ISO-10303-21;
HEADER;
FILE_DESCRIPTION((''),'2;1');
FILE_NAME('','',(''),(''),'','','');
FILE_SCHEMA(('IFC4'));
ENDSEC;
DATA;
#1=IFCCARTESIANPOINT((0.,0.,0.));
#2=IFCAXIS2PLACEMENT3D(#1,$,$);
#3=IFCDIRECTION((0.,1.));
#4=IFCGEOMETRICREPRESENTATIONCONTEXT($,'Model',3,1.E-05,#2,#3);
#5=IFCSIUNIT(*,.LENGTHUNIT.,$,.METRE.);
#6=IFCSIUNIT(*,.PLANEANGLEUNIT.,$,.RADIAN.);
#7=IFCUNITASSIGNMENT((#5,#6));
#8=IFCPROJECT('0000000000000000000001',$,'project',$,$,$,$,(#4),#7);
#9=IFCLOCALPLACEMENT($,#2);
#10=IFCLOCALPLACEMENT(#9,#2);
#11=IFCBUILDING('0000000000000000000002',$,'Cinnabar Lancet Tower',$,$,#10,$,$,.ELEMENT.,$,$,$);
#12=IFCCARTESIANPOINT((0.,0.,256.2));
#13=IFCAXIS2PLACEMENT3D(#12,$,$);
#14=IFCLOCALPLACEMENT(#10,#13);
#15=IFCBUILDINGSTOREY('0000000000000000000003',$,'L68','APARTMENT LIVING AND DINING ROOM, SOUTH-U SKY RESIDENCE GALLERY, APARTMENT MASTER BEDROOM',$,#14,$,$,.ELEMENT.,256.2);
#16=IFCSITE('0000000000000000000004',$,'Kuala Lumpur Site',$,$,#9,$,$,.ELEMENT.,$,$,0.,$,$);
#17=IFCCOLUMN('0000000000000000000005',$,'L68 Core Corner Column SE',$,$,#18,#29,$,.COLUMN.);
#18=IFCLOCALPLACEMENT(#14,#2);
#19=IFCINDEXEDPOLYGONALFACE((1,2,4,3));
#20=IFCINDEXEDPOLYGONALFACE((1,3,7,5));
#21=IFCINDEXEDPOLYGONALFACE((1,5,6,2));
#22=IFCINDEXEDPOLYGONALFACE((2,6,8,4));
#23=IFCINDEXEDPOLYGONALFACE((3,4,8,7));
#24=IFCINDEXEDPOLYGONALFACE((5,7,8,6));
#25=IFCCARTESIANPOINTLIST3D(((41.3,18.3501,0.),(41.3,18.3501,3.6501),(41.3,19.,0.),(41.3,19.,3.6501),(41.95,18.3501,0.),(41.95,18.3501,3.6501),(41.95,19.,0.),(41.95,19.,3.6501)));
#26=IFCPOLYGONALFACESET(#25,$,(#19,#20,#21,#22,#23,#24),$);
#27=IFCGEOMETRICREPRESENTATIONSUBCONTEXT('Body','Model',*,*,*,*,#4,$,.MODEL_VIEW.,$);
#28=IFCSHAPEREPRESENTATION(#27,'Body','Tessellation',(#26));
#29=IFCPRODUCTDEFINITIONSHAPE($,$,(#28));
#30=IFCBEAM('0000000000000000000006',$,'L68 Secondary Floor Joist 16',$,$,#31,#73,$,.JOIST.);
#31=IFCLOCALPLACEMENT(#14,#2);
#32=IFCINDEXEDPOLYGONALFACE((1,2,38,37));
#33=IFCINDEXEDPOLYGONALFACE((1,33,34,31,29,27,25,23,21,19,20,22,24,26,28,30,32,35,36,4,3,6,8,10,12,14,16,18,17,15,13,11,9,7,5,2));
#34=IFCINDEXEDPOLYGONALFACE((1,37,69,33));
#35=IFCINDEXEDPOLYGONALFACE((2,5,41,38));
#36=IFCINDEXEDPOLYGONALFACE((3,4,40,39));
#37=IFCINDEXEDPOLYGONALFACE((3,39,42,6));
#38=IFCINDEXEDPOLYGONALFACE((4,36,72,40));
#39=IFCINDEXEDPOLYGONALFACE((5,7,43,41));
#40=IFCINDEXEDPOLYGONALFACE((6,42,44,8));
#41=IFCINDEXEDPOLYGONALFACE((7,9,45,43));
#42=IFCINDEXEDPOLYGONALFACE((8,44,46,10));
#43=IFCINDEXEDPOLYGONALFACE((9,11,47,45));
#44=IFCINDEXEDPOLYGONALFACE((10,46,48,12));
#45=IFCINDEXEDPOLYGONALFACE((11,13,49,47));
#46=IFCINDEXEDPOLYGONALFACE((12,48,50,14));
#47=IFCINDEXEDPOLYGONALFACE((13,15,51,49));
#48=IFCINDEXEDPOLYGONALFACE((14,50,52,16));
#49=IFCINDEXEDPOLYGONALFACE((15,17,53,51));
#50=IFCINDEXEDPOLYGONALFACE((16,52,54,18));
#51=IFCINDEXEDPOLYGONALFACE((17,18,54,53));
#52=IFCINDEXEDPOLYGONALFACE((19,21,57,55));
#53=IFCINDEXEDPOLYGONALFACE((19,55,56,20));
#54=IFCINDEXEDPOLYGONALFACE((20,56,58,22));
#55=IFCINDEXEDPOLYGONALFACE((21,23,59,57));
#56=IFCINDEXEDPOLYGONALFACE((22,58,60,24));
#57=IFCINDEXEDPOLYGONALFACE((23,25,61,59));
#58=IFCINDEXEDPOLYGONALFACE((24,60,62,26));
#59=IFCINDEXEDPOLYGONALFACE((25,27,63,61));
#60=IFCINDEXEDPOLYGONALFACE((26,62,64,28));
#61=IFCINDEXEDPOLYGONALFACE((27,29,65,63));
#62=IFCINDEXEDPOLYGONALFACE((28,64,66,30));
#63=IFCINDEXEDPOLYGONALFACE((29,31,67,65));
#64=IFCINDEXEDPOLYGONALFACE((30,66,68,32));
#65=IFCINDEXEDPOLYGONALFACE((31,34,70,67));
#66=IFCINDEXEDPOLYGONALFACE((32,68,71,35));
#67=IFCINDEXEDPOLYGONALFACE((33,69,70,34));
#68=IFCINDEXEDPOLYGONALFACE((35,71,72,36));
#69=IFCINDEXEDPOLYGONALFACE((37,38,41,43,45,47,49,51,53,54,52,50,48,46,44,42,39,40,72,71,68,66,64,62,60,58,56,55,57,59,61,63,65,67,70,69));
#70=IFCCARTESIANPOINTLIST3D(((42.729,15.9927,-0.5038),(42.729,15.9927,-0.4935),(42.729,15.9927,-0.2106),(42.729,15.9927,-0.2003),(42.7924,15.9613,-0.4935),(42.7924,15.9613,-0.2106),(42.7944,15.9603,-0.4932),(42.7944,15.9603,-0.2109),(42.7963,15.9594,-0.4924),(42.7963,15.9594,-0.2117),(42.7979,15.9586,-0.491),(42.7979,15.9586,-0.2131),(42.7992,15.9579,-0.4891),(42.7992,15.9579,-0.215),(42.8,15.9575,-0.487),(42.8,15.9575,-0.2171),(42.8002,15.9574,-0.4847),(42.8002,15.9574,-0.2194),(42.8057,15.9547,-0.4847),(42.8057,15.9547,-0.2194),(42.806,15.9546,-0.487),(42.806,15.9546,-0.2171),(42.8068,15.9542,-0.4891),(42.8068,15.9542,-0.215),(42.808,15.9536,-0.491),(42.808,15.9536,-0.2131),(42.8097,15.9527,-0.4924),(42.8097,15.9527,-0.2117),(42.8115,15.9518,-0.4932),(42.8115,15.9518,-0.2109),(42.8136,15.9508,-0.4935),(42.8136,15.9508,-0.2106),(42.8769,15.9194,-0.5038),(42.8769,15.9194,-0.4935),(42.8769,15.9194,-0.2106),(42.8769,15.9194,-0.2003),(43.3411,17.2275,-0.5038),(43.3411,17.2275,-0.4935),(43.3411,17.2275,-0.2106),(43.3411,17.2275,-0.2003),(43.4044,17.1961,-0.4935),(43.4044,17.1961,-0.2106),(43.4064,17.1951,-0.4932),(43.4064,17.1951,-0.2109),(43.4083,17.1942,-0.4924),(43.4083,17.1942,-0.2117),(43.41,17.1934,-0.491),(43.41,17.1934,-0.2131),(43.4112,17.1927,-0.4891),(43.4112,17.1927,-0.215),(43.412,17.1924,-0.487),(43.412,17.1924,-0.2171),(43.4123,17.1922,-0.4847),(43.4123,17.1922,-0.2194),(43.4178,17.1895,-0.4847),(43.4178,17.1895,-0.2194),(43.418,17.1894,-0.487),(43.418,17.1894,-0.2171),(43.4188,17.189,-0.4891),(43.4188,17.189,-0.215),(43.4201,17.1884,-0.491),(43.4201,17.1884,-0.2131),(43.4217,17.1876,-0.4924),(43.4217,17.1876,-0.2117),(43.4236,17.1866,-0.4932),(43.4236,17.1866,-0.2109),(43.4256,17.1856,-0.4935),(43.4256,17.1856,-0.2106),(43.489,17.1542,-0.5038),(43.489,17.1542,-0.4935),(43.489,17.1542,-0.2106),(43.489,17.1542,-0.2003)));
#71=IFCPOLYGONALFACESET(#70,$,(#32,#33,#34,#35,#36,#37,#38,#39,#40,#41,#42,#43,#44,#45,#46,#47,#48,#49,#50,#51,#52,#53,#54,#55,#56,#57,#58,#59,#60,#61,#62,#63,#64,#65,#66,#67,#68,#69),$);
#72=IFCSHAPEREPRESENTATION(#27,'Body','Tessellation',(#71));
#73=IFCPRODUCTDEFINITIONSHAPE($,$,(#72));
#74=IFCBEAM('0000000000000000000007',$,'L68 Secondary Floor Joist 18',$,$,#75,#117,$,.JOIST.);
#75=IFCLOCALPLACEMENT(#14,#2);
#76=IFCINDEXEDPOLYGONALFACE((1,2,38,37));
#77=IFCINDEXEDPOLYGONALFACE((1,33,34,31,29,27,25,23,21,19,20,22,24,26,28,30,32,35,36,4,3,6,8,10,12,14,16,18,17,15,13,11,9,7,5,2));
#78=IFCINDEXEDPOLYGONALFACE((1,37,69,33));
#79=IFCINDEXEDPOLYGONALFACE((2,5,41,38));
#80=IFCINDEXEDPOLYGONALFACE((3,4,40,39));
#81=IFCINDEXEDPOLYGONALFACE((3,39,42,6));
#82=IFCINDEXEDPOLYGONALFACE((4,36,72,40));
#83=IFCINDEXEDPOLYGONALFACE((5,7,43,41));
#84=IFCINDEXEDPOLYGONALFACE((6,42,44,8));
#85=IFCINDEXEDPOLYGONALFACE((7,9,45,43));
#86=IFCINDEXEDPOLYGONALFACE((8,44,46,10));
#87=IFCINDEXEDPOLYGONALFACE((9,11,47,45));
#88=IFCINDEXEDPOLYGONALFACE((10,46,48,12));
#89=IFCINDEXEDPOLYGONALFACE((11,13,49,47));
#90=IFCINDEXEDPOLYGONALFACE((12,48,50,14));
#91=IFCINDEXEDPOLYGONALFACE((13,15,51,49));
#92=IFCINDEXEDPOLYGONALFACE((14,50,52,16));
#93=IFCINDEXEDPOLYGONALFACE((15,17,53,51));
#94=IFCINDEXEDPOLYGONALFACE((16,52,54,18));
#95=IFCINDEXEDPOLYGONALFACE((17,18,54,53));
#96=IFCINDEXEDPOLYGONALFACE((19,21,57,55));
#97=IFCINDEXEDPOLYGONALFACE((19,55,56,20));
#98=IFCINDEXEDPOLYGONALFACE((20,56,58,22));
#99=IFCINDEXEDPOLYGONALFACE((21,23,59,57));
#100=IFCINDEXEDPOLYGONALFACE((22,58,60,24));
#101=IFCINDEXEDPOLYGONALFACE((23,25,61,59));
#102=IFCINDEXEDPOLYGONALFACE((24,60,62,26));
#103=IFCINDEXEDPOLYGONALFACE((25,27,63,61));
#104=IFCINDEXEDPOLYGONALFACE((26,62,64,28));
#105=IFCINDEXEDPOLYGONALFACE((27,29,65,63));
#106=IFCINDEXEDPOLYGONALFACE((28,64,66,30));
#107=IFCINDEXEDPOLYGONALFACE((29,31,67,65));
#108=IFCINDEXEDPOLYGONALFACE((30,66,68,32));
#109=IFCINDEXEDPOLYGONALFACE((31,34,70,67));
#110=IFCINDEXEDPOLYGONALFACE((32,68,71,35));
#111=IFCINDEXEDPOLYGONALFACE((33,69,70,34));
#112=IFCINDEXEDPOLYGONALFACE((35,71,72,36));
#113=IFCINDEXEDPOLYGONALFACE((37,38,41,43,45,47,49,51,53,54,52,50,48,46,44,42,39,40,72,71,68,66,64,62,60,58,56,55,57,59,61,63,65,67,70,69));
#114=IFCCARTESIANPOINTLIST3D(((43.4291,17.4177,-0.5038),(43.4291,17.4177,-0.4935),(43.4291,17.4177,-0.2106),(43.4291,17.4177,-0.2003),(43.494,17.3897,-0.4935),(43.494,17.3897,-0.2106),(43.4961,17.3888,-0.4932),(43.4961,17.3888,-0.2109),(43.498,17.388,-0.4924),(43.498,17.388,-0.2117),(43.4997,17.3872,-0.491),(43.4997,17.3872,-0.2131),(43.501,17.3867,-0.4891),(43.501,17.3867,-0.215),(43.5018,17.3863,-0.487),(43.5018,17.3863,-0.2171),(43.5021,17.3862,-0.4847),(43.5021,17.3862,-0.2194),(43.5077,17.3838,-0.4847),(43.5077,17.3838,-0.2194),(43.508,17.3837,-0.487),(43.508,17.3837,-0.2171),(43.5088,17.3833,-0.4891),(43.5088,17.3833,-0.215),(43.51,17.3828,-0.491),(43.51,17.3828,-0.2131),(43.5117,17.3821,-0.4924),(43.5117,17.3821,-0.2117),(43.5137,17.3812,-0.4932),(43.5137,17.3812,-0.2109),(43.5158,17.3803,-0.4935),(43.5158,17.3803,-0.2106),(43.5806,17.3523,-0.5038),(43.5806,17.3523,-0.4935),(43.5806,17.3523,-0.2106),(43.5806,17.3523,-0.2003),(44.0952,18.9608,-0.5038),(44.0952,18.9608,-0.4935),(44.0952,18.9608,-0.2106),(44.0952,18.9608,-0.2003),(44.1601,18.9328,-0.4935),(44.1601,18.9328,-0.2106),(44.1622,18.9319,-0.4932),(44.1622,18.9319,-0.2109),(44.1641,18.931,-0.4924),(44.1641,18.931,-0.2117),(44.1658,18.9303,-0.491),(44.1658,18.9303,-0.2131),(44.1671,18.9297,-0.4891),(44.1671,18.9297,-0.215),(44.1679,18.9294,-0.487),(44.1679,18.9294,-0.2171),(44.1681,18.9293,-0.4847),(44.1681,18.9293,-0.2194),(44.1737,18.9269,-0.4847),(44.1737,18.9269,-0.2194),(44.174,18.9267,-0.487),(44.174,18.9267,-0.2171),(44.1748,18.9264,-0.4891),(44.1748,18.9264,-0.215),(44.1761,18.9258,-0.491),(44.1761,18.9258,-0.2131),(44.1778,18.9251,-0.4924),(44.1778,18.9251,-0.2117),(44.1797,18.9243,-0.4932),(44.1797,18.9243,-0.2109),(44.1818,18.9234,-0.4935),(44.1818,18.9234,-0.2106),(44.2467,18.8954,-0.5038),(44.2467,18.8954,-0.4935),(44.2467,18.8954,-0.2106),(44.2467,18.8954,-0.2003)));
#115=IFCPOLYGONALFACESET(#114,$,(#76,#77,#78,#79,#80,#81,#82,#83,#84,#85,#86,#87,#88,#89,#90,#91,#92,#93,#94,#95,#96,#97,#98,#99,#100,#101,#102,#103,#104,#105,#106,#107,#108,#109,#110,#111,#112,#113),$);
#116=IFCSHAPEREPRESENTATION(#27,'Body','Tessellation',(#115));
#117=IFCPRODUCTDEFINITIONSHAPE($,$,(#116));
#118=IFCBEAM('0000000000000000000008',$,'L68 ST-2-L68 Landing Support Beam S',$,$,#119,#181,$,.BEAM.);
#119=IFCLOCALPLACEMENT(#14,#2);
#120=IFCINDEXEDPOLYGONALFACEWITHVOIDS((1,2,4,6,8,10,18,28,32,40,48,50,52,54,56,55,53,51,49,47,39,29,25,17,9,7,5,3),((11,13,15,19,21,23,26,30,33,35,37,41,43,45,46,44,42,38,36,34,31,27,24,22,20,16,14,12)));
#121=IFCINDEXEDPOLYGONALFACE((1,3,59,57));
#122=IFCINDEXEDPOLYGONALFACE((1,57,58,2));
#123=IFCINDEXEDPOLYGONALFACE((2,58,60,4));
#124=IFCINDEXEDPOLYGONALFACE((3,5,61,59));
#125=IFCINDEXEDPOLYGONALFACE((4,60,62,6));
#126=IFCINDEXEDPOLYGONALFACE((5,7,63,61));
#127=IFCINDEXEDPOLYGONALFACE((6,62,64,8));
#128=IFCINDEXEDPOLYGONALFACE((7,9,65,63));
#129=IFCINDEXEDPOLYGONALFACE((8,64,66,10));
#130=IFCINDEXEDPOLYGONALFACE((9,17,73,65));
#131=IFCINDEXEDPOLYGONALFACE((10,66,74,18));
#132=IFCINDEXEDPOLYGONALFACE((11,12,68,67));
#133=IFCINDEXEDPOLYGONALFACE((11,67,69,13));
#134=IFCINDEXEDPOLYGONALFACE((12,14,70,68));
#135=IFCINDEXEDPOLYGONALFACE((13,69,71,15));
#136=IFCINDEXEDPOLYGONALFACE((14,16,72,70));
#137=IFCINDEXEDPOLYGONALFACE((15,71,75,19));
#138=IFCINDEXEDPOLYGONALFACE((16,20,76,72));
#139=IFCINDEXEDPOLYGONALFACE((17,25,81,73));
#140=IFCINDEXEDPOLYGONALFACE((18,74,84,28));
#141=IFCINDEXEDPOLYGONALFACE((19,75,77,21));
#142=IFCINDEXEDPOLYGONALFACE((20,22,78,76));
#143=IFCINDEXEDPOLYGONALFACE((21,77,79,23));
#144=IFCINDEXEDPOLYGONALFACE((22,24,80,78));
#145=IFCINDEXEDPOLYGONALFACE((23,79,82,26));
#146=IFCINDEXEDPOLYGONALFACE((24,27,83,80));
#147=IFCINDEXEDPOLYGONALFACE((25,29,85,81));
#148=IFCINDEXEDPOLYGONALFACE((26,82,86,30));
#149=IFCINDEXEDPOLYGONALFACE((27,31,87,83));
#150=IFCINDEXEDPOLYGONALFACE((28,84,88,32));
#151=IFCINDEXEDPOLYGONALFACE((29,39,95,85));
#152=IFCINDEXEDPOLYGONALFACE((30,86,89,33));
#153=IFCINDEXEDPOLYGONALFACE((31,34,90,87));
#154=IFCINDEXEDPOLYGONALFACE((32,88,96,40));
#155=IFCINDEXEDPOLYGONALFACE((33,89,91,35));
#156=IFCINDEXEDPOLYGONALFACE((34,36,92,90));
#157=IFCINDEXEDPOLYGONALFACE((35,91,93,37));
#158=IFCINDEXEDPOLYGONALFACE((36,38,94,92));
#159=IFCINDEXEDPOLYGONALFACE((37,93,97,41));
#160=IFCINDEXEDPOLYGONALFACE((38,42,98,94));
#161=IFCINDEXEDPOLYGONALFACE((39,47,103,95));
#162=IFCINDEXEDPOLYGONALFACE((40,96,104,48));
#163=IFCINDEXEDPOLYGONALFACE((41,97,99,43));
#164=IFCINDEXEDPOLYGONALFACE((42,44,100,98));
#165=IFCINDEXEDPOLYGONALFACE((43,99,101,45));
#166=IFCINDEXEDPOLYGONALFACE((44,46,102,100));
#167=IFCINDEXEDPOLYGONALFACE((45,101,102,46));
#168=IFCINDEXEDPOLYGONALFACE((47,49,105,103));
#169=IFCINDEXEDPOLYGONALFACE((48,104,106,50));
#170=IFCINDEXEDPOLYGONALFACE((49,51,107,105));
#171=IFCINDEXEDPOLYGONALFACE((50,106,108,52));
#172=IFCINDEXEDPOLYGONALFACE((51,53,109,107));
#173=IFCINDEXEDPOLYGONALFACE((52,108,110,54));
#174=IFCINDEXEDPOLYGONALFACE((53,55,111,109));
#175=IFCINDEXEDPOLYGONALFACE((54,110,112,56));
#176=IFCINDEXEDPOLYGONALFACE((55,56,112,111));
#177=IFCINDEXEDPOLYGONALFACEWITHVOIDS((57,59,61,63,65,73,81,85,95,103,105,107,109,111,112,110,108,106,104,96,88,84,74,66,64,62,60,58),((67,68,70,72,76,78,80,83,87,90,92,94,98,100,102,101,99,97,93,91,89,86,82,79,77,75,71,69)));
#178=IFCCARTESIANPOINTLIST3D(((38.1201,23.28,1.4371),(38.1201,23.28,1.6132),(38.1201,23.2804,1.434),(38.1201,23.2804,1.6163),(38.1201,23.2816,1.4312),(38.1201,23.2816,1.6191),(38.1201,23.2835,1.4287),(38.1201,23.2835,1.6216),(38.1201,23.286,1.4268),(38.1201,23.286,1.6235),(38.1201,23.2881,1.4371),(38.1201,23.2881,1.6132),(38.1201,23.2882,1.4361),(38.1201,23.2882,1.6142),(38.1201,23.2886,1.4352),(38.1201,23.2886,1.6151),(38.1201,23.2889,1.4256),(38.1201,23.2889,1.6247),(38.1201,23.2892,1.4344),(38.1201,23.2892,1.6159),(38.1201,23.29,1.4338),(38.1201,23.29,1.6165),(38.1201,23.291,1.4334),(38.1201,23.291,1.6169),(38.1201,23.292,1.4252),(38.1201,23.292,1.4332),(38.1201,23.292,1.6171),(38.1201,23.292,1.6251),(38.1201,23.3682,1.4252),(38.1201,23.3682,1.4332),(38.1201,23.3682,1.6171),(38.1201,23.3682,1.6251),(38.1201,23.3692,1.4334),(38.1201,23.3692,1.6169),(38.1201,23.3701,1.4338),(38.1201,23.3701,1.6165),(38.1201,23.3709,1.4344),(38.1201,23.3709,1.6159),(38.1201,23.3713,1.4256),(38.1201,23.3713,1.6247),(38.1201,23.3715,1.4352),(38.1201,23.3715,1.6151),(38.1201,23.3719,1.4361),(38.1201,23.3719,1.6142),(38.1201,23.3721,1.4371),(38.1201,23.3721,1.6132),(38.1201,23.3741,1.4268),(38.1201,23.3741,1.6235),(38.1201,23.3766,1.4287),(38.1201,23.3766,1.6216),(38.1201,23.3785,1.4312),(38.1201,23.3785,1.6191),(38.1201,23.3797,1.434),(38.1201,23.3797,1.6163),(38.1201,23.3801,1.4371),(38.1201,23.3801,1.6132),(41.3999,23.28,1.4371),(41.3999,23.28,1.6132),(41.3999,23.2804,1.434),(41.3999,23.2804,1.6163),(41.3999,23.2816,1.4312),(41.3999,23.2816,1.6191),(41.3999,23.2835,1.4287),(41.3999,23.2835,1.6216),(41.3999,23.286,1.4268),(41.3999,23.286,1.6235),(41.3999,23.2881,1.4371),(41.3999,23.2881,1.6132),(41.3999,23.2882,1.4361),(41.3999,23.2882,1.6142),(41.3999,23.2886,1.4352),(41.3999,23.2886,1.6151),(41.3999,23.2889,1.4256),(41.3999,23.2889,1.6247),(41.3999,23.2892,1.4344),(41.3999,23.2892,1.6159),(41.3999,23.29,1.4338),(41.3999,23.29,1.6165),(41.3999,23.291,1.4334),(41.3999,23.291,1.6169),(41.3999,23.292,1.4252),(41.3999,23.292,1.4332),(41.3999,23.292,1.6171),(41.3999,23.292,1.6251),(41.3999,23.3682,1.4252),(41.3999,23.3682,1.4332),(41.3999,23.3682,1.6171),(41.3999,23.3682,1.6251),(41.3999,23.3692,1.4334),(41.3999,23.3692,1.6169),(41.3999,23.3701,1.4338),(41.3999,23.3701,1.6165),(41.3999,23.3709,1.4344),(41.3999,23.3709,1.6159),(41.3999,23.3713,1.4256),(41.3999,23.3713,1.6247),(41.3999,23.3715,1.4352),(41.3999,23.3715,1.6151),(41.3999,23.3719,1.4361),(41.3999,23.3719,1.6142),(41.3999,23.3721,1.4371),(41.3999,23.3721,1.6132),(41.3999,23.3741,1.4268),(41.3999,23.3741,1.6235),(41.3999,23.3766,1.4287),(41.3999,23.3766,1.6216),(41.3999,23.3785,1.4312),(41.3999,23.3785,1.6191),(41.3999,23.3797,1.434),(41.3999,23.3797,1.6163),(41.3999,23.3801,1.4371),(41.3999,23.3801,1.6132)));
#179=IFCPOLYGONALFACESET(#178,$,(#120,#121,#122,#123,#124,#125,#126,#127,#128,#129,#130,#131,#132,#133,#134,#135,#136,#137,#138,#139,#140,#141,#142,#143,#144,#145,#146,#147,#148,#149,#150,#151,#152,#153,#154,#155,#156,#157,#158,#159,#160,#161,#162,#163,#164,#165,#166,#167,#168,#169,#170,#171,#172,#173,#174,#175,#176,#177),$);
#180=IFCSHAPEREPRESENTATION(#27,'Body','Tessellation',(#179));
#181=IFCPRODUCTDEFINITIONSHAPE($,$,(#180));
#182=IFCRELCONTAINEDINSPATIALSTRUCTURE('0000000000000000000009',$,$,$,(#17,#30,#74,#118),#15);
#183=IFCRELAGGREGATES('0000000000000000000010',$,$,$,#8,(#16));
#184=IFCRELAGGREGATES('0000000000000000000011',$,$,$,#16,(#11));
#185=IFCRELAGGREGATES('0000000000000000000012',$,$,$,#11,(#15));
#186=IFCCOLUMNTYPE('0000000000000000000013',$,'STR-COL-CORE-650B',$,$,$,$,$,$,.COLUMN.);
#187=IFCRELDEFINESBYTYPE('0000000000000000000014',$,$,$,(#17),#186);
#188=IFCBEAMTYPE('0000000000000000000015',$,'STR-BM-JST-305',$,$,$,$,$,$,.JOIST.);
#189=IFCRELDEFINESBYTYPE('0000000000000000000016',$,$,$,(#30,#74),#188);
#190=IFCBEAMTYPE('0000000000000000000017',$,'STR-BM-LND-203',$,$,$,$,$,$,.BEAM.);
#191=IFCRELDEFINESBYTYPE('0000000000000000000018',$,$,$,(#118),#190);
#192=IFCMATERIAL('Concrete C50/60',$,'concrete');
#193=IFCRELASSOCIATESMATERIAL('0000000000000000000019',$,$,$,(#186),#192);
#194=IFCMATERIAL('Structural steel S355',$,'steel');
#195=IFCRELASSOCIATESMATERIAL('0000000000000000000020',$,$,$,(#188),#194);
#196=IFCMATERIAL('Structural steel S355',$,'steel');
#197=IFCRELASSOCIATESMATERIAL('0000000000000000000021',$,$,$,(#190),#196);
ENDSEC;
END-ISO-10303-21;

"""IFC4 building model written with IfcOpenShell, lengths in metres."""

from ifc_helpers import new_model, si_unit, direction, frame, origin, origin_2d, place, context, subcontext, project, spatial, rectangle, hollow_rectangle, i_section, extrude, material, material_profile, profile_set, type_object, element, save


model = new_model("IFC4")

# Units and contexts
model_context = context("Model", 3, precision=1e-05, world=origin(), true_north=direction((0.0, 1.0)))
body_context = subcontext(model_context, "Body", "Model", "MODEL_VIEW")
ifc_project = project(units=[si_unit("LENGTHUNIT", "METRE"), si_unit("PLANEANGLEUNIT", "RADIAN")], contexts=[model_context])

# Site, building, storey
site_placement = place(None, origin())
site = spatial("IfcSite", under=ifc_project, at=site_placement, Name="Kuala Lumpur Site", CompositionType="ELEMENT", RefElevation=0.0)
building_placement = place(site_placement, origin())
building = spatial("IfcBuilding", under=site, at=building_placement, Name="Cinnabar Lancet Tower", CompositionType="ELEMENT")
storey_placement = place(building_placement, frame((0.0, 0.0, 256.2)))
storey = spatial("IfcBuildingStorey", under=building, at=storey_placement, Name="L68", Description="APARTMENT LIVING AND DINING ROOM, SOUTH-U SKY RESIDENCE GALLERY, APARTMENT MASTER BEDROOM", CompositionType="ELEMENT", Elevation=256.2)

# Column
ifc_material_1 = material(Name="Concrete C50/60", Category="concrete")
ifc_material_profile_1 = material_profile(ifc_material_1, rectangle(XDim=0.6499, YDim=0.6499, at=origin_2d()), Name="RC-COL 650x650")
ifc_profile_set_1 = profile_set([ifc_material_profile_1], Name="Concrete C50/60")
column_type = type_object("IfcColumnType", Name="STR-COL-CORE-650B", PredefinedType="COLUMN", material=ifc_profile_set_1)
column_placement = place(storey_placement, frame((41.625, 18.675, 0.0), z_axis=(0.0, 0.0, 1.0), x_axis=(1.0, 0.0, 0.0)))
element("IfcColumn", 1, at=column_placement, inside=storey, type_object=column_type, Name="L68 Core Corner Column SE", PredefinedType="COLUMN", context=body_context, shape_type="SweptSolid", body=[
    extrude(rectangle(XDim=0.6499, YDim=0.6499, at=origin_2d()), origin(), (0.0, 0.0, 1.0), 3.6501),
])

# Beams
ifc_material_2 = material(Name="Structural steel S355", Category="steel")
ifc_material_profile_2 = material_profile(ifc_material_2, i_section(OverallWidth=0.165, OverallDepth=0.3035, WebThickness=0.0061, FlangeThickness=0.0103, FilletRadius=0.0088, at=origin_2d()), Name="UKB 305x165x40")
ifc_profile_set_2 = profile_set([ifc_material_profile_2], Name="Structural steel S355")
beam_type_1 = type_object("IfcBeamType", Name="STR-BM-JST-305", PredefinedType="JOIST", material=ifc_profile_set_2)
beam_1_placement = place(storey_placement, frame((42.803, 15.9561, -0.3521), z_axis=(0.444093, 0.895981, 0.0), x_axis=(-0.895981, 0.444093, 0.0)))
element("IfcBeam", 2, at=beam_1_placement, inside=storey, type_object=beam_type_1, Name="L68 Secondary Floor Joist 16", PredefinedType="JOIST", context=body_context, shape_type="SweptSolid", body=[
    extrude(i_section(OverallWidth=0.165, OverallDepth=0.3035, WebThickness=0.0061, FlangeThickness=0.0103, FilletRadius=0.0088, at=origin_2d()), origin(), (0.0, 0.0, 1.0), 1.3782),
])
beam_2_placement = place(storey_placement, frame((43.5049, 17.385, -0.3521), z_axis=(0.396302, 0.91812, 0.0), x_axis=(-0.91812, 0.396302, 0.0)))
element("IfcBeam", 3, at=beam_2_placement, inside=storey, type_object=beam_type_1, Name="L68 Secondary Floor Joist 18", PredefinedType="JOIST", context=body_context, shape_type="SweptSolid", body=[
    extrude(i_section(OverallWidth=0.165, OverallDepth=0.3035, WebThickness=0.0061, FlangeThickness=0.0103, FilletRadius=0.0088, at=origin_2d()), origin(), (0.0, 0.0, 1.0), 1.6807),
])
ifc_material_3 = material(Name="Structural steel S355", Category="steel")
ifc_material_profile_3 = material_profile(ifc_material_3, hollow_rectangle(XDim=0.1001, YDim=0.2, WallThickness=0.0081, InnerFilletRadius=0.0039, OuterFilletRadius=0.012, at=origin_2d()), Name="RHS 200x100x8")
ifc_profile_set_3 = profile_set([ifc_material_profile_3], Name="Structural steel S355")
beam_type_2 = type_object("IfcBeamType", Name="STR-BM-LND-203", PredefinedType="BEAM", material=ifc_profile_set_3)
for number, where, z_axis, x_axis, name in (
    (4, (38.1201, 23.3301, 1.5251), (1.0, 0.0, 0.0), (0.0, 1.0, 0.0), "L68 ST-2-L68 Landing Support Beam S"),
):
    element("IfcBeam", number, at=place(storey_placement, frame(where, z_axis=z_axis, x_axis=x_axis)), inside=storey, type_object=beam_type_2, Name=name, PredefinedType="BEAM", context=body_context, shape_type="SweptSolid", body=[
        extrude(hollow_rectangle(XDim=0.1001, YDim=0.2, WallThickness=0.0081, InnerFilletRadius=0.0039, OuterFilletRadius=0.012, at=origin_2d()), origin(), (0.0, 0.0, 1.0), 3.2798),
    ])

save(model, "model.ifc")
